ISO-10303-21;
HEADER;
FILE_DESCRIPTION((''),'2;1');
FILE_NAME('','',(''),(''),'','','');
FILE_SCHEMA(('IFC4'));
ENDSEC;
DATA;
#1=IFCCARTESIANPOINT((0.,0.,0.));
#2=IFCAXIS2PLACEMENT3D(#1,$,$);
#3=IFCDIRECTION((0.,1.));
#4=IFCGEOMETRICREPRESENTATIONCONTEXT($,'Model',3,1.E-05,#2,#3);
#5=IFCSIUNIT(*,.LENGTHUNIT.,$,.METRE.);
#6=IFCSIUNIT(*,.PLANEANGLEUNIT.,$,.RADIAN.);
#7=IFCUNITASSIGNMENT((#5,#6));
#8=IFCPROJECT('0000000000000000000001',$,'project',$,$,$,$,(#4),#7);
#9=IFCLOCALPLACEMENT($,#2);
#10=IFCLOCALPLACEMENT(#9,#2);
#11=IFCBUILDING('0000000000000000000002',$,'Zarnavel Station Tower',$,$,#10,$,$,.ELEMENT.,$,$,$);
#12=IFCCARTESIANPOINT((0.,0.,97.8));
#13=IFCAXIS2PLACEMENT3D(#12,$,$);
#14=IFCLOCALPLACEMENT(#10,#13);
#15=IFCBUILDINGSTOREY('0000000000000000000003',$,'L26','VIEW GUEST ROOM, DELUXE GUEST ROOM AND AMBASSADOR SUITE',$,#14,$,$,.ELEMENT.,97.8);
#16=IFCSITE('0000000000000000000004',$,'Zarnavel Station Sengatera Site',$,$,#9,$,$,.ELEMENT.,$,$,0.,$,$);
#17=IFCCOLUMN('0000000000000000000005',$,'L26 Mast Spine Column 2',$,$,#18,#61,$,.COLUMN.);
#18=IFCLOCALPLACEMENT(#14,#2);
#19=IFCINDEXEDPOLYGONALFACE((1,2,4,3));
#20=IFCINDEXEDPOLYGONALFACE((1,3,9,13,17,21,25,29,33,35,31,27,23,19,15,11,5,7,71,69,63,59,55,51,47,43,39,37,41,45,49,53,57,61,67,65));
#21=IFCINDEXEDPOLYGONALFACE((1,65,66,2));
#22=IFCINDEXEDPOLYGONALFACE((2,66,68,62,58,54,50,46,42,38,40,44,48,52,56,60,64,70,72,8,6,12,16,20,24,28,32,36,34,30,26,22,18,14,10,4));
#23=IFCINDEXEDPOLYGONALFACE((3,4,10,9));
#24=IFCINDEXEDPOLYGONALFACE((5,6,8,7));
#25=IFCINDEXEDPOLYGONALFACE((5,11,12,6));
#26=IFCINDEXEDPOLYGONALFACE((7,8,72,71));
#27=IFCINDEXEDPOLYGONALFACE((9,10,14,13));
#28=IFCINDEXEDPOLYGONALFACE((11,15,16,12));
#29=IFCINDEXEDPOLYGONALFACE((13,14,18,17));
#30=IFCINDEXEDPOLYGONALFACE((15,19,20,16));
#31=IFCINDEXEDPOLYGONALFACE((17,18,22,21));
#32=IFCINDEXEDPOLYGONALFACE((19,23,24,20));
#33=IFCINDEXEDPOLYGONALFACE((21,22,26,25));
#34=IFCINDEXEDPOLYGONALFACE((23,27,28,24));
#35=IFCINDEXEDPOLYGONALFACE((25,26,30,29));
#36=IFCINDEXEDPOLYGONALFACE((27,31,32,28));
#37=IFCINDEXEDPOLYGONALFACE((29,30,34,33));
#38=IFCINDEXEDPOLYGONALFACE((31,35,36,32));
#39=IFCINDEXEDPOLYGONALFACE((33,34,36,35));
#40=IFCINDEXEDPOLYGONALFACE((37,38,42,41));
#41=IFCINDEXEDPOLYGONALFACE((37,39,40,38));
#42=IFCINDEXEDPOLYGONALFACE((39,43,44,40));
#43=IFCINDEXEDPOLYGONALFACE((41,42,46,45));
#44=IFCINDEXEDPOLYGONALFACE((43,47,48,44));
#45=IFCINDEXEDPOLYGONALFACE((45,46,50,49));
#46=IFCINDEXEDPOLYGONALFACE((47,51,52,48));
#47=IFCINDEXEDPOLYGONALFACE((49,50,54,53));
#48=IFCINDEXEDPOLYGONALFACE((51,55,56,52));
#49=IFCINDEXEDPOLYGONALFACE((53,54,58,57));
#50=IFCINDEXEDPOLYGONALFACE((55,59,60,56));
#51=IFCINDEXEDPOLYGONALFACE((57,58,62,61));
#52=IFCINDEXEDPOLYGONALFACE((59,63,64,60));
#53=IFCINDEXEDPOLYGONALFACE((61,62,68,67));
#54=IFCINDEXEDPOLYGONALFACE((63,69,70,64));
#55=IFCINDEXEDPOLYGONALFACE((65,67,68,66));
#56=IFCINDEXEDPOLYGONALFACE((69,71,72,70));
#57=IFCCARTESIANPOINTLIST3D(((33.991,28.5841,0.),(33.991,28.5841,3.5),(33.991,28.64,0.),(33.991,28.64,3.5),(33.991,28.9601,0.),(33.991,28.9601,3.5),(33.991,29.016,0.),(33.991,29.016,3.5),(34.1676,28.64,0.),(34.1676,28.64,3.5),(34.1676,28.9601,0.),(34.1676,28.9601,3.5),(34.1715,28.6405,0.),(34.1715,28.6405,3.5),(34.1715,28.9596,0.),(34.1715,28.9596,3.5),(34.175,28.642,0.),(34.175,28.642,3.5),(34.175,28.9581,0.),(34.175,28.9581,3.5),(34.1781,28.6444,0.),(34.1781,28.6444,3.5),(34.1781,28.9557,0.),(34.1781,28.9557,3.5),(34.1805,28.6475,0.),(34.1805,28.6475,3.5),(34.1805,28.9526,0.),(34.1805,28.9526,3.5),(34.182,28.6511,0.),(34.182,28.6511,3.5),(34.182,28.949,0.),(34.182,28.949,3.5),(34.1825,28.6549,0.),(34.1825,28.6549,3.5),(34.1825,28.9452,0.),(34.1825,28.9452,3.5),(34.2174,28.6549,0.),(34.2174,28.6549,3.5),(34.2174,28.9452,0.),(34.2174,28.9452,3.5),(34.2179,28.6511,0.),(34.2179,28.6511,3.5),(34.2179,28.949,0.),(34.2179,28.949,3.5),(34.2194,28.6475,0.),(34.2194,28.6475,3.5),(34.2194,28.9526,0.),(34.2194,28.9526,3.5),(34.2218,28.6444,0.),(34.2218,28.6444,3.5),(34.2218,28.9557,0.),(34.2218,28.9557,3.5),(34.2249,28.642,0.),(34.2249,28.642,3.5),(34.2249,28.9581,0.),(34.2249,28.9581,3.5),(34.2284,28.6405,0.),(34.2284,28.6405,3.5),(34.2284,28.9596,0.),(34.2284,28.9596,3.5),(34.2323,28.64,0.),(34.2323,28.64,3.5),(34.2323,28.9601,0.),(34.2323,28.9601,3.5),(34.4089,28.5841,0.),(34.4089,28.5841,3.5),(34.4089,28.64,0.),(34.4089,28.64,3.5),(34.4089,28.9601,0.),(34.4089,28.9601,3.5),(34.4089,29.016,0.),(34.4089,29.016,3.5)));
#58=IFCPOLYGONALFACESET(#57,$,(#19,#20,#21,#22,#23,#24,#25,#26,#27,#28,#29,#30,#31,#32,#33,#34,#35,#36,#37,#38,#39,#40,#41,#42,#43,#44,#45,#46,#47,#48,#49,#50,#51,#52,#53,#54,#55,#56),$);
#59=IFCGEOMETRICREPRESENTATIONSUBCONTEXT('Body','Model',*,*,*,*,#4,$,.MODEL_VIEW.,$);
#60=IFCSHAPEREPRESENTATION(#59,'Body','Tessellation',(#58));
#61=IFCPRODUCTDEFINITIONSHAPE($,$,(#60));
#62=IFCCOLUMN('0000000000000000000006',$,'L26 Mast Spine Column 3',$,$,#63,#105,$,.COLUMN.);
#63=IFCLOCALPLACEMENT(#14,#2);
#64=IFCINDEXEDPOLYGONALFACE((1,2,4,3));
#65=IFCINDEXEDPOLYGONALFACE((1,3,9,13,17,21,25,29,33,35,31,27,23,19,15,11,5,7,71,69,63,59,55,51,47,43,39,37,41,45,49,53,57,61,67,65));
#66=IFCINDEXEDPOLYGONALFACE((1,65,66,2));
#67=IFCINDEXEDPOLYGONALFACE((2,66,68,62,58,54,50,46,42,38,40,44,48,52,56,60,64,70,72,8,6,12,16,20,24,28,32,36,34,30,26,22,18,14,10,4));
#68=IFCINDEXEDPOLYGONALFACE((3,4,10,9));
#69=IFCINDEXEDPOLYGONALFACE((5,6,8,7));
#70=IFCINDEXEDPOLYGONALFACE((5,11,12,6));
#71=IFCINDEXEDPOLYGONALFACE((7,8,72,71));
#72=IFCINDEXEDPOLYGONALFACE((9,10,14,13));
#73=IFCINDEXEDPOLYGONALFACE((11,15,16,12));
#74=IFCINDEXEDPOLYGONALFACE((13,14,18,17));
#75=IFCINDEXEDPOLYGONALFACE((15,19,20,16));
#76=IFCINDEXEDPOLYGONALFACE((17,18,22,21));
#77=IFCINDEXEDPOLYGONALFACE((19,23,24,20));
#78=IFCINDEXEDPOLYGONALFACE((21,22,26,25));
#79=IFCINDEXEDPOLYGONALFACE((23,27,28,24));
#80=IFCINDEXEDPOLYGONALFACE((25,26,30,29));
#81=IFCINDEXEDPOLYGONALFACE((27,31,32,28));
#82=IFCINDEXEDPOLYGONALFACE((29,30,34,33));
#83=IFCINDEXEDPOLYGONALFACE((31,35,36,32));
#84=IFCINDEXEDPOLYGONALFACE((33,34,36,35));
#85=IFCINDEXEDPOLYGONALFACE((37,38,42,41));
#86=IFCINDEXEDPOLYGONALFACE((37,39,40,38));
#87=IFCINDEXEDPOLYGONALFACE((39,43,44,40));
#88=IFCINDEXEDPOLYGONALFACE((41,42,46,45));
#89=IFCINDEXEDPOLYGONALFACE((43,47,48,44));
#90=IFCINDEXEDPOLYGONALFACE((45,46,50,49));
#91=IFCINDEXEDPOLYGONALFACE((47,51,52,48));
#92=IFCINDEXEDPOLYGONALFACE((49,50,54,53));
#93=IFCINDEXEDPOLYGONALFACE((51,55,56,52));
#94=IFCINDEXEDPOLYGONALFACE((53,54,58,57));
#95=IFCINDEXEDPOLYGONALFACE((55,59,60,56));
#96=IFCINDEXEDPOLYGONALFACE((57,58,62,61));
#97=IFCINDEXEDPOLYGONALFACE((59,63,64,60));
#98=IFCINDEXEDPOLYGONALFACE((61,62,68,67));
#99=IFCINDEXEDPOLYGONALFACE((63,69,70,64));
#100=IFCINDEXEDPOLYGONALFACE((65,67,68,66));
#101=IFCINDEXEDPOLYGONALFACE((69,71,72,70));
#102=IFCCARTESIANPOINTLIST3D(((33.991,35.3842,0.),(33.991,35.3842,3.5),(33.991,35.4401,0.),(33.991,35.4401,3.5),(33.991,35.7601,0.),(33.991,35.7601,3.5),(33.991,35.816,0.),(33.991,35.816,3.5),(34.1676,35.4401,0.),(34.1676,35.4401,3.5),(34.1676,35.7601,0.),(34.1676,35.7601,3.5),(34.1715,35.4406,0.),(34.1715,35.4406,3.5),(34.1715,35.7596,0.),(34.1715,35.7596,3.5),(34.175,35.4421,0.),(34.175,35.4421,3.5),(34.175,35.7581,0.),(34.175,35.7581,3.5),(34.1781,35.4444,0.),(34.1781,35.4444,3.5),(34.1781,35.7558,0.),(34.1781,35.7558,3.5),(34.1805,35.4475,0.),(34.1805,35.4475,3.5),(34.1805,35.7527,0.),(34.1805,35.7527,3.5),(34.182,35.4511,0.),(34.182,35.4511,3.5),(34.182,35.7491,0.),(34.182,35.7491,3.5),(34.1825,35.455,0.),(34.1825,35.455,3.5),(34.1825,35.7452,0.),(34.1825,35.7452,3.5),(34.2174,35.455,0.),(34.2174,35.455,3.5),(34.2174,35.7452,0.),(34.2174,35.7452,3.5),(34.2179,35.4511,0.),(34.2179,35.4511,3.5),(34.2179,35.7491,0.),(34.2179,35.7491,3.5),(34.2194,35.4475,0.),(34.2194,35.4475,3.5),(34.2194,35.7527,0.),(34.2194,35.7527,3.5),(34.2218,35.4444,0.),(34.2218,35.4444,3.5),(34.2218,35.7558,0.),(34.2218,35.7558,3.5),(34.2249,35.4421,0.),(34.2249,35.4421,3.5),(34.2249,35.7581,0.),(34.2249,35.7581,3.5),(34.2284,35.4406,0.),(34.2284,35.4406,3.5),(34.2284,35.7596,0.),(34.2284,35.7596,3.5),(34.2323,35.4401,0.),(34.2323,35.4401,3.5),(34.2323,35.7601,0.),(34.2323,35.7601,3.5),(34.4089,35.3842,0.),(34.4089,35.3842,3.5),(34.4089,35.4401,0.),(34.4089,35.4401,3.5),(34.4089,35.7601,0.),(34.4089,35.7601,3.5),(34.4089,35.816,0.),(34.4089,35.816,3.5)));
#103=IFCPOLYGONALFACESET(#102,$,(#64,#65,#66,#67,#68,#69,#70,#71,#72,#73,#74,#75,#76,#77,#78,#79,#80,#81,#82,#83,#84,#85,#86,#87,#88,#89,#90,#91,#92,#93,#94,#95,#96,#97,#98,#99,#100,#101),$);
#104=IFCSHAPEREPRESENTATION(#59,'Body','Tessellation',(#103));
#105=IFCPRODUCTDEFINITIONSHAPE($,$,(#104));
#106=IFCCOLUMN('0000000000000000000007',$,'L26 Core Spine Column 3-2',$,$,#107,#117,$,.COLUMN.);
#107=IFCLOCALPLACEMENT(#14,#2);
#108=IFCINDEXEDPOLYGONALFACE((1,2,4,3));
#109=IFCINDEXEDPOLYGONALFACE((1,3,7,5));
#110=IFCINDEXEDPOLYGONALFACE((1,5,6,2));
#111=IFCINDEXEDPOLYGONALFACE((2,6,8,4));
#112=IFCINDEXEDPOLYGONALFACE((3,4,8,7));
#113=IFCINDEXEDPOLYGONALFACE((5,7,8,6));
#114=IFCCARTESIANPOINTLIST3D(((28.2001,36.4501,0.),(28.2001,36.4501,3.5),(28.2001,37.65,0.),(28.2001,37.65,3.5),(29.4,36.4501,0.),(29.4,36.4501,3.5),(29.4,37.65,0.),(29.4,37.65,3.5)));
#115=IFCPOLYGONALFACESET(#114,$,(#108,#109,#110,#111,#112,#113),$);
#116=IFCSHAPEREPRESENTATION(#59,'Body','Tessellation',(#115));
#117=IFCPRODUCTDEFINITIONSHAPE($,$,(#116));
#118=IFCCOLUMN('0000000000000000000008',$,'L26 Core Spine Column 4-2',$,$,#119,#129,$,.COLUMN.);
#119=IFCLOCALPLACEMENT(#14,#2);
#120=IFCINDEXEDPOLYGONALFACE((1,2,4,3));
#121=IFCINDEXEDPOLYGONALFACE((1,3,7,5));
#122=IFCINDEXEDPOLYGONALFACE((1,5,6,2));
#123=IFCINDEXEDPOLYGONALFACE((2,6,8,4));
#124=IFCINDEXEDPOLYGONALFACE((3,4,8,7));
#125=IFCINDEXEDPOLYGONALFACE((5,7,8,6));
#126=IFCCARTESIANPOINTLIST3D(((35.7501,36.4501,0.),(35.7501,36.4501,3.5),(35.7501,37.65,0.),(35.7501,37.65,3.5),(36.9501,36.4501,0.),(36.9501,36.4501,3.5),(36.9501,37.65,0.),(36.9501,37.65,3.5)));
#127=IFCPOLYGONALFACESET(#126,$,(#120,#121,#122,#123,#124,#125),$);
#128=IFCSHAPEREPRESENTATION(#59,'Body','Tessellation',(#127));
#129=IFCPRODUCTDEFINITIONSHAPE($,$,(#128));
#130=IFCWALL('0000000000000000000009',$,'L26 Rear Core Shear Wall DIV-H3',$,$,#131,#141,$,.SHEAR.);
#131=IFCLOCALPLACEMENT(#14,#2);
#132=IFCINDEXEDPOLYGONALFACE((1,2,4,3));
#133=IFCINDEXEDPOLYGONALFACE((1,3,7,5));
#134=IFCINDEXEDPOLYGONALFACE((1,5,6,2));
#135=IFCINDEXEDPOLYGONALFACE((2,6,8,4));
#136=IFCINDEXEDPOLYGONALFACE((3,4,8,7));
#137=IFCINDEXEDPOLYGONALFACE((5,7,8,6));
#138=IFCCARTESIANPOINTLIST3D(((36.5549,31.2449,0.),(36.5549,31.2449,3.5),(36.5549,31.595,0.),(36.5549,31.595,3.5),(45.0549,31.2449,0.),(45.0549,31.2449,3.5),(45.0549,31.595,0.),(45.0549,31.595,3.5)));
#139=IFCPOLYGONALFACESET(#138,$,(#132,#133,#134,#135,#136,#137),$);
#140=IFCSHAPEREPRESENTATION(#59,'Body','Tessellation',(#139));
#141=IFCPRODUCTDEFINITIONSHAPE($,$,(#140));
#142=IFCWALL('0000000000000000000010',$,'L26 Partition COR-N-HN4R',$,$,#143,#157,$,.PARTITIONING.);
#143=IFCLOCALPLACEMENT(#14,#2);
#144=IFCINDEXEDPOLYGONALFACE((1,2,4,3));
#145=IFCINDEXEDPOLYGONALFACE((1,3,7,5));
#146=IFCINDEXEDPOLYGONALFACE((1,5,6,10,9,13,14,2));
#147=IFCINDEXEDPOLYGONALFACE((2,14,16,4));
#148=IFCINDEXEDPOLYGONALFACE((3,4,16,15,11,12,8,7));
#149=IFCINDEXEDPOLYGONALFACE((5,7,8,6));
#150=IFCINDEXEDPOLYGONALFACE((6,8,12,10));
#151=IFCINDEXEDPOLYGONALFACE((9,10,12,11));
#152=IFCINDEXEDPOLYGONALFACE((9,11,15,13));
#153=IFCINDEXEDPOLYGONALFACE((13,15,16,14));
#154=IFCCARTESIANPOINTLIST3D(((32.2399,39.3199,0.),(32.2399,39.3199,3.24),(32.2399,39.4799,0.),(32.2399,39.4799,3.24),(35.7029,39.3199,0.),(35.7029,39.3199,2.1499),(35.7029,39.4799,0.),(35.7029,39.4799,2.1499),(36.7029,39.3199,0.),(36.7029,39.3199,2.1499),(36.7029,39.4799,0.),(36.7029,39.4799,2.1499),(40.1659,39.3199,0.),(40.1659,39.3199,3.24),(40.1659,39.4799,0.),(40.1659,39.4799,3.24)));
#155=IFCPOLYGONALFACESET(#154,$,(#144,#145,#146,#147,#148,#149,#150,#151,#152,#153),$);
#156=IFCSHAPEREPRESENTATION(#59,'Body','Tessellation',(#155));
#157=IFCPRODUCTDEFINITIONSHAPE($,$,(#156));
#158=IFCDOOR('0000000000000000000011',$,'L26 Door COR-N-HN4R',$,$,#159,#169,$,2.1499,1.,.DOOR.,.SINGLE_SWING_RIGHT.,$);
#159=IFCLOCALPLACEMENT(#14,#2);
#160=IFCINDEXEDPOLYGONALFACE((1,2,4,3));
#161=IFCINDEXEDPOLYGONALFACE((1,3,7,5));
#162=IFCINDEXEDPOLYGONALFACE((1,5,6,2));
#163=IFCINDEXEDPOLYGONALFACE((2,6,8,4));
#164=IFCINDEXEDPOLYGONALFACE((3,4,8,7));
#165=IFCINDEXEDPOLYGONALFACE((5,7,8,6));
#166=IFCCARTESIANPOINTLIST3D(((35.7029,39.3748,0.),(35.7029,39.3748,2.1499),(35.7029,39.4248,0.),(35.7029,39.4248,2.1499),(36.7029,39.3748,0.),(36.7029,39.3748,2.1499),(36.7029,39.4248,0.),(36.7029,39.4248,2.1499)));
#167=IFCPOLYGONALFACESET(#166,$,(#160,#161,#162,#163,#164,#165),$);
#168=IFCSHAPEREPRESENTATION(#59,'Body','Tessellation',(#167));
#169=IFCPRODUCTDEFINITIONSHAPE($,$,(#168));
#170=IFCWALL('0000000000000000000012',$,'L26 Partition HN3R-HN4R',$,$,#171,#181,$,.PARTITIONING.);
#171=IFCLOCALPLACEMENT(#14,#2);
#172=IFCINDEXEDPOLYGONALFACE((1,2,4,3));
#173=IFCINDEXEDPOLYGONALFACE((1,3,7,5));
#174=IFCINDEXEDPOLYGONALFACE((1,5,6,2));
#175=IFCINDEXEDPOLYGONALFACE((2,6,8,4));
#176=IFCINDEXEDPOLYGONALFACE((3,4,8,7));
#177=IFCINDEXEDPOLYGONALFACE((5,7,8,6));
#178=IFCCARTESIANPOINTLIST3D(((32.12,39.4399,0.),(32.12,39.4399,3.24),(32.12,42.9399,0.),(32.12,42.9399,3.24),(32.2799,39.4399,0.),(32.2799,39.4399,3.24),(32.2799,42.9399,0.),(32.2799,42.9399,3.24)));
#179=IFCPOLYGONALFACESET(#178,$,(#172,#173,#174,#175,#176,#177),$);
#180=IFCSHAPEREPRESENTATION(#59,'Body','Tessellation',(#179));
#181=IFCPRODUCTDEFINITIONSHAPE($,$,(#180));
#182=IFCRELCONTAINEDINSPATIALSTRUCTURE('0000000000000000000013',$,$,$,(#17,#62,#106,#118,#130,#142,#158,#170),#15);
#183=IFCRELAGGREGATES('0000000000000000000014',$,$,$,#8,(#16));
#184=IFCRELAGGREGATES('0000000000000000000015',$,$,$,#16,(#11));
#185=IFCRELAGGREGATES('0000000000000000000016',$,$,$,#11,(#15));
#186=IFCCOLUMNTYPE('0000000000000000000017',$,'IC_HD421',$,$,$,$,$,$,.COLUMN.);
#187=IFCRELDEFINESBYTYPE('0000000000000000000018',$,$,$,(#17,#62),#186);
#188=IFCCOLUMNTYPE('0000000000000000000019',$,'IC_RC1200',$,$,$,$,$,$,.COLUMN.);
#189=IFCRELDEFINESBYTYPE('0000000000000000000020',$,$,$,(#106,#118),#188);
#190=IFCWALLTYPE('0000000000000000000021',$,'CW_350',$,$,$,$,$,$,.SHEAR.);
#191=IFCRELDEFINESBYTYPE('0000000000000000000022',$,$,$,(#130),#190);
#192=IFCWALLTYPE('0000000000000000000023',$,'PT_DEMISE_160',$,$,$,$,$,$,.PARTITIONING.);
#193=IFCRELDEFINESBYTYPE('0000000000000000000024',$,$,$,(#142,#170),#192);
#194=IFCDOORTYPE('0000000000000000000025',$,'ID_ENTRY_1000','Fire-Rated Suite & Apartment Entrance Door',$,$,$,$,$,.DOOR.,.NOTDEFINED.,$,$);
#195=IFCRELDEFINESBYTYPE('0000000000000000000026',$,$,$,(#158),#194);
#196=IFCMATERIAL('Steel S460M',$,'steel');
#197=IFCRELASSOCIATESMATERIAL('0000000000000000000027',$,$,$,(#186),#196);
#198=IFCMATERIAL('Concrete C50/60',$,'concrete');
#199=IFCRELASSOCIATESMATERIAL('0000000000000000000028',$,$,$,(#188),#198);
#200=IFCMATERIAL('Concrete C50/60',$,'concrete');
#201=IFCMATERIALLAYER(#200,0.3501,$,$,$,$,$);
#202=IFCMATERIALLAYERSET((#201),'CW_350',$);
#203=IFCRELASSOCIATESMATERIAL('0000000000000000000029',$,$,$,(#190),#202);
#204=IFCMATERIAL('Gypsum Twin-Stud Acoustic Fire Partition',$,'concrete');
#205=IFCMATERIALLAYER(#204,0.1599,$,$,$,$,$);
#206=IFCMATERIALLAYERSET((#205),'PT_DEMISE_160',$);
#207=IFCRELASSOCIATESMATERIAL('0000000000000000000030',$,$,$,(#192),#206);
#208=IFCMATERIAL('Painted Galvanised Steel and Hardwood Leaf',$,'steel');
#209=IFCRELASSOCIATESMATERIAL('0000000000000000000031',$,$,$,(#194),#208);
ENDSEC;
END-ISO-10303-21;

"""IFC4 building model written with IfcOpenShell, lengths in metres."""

from ifc_helpers import new_model, si_unit, direction, frame, frame_2d, origin, origin_2d, place, context, subcontext, project, spatial, rectangle, i_section, extrude, material, layer, layer_set, material_profile, profile_set, type_object, element, fill, save


model = new_model("IFC4")

# Units and contexts
model_context = context("Model", 3, precision=1e-05, world=origin(), true_north=direction((0.0, 1.0)))
body_context = subcontext(model_context, "Body", "Model", "MODEL_VIEW")
ifc_project = project(units=[si_unit("LENGTHUNIT", "METRE"), si_unit("PLANEANGLEUNIT", "RADIAN")], contexts=[model_context])

# Site, building, storey
site_placement = place(None, origin())
site = spatial("IfcSite", under=ifc_project, at=site_placement, Name="Zarnavel Station Sengatera Site", CompositionType="ELEMENT", RefElevation=0.0)
building_placement = place(site_placement, origin())
building = spatial("IfcBuilding", under=site, at=building_placement, Name="Zarnavel Station Tower", CompositionType="ELEMENT")
storey_placement = place(building_placement, frame((0.0, 0.0, 97.8)))
storey = spatial("IfcBuildingStorey", under=building, at=storey_placement, Name="L26", Description="VIEW GUEST ROOM, DELUXE GUEST ROOM AND AMBASSADOR SUITE", CompositionType="ELEMENT", Elevation=97.8)

# Columns
ifc_material_1 = material(Name="Steel S460M", Category="steel")
ifc_material_profile_1 = material_profile(ifc_material_1, i_section(OverallWidth=0.418, OverallDepth=0.4319, WebThickness=0.0349, FlangeThickness=0.0559, FilletRadius=0.0149, at=origin_2d()), Name="HD400x421")
ifc_profile_set_1 = profile_set([ifc_material_profile_1], Name="Steel S460M")
column_type_1 = type_object("IfcColumnType", Name="IC_HD421", PredefinedType="COLUMN", material=ifc_profile_set_1)
for number, where, z_axis, x_axis, name in (
    (1, (34.2, 28.8, 0.0), (0.0, 0.0, 1.0), (1.0, 0.0, 0.0), "L26 Mast Spine Column 2"),
    (2, (34.2, 35.6001, 0.0), (0.0, 0.0, 1.0), (1.0, 0.0, 0.0), "L26 Mast Spine Column 3"),
):
    element("IfcColumn", number, at=place(storey_placement, frame(where, z_axis=z_axis, x_axis=x_axis)), inside=storey, type_object=column_type_1, Name=name, PredefinedType="COLUMN", context=body_context, shape_type="SweptSolid", body=[
        extrude(i_section(OverallWidth=0.418, OverallDepth=0.4319, WebThickness=0.0349, FlangeThickness=0.0559, FilletRadius=0.0149, at=origin_2d()), origin(), (0.0, 0.0, 1.0), 3.5),
    ])
ifc_material_2 = material(Name="Concrete C50/60", Category="concrete")
ifc_material_profile_2 = material_profile(ifc_material_2, rectangle(XDim=1.2, YDim=1.2, at=origin_2d()), Name="RC1200x1200")
ifc_profile_set_2 = profile_set([ifc_material_profile_2], Name="Concrete C50/60")
column_type_2 = type_object("IfcColumnType", Name="IC_RC1200", PredefinedType="COLUMN", material=ifc_profile_set_2)
for number, where, z_axis, x_axis, name in (
    (3, (28.8, 37.05, 0.0), (0.0, 0.0, 1.0), (1.0, 0.0, 0.0), "L26 Core Spine Column 3-2"),
    (4, (36.3501, 37.05, 0.0), (0.0, 0.0, 1.0), (1.0, 0.0, 0.0), "L26 Core Spine Column 4-2"),
):
    element("IfcColumn", number, at=place(storey_placement, frame(where, z_axis=z_axis, x_axis=x_axis)), inside=storey, type_object=column_type_2, Name=name, PredefinedType="COLUMN", context=body_context, shape_type="SweptSolid", body=[
        extrude(rectangle(XDim=1.2, YDim=1.2, at=origin_2d()), origin(), (0.0, 0.0, 1.0), 3.5),
    ])

# Shared definitions
ifc_material_3 = material(Name="Concrete C50/60", Category="concrete")
ifc_layer_1 = layer(ifc_material_3, 0.3501)
ifc_layer_set_1 = layer_set([ifc_layer_1], Name="CW_350")
wall_type_1 = type_object("IfcWallType", Name="CW_350", PredefinedType="SHEAR", material=ifc_layer_set_1)

# Wall
wall_1_placement = place(storey_placement, frame((36.5549, 31.4199, 0.0), z_axis=(0.0, 0.0, 1.0), x_axis=(1.0, 0.0, 0.0)))
element("IfcWall", 5, at=wall_1_placement, inside=storey, type_object=wall_type_1, Name="L26 Rear Core Shear Wall DIV-H3", PredefinedType="SHEAR", context=body_context, shape_type="SweptSolid", body=[
    extrude(rectangle(XDim=8.5, YDim=0.3501, at=frame_2d((4.25, 0.0))), origin(), (0.0, 0.0, 1.0), 3.5),
])

# Wall, opening, door
ifc_material_4 = material(Name="Gypsum Twin-Stud Acoustic Fire Partition", Category="concrete")
ifc_layer_2 = layer(ifc_material_4, 0.1599)
ifc_layer_set_2 = layer_set([ifc_layer_2], Name="PT_DEMISE_160")
wall_type_2 = type_object("IfcWallType", Name="PT_DEMISE_160", PredefinedType="PARTITIONING", material=ifc_layer_set_2)
wall_2_placement = place(storey_placement, frame((32.24, 39.3999, 0.0), z_axis=(0.0, 0.0, 1.0), x_axis=(1.0, 0.0, 0.0)))
wall_2 = element("IfcWall", 6, at=wall_2_placement, inside=storey, type_object=wall_type_2, Name="L26 Partition COR-N-HN4R", PredefinedType="PARTITIONING", context=body_context, shape_type="SweptSolid", body=[
    extrude(rectangle(XDim=7.926, YDim=0.1599, at=frame_2d((3.9629, 0.0))), origin(), (0.0, 0.0, 1.0), 3.24),
])
opening_1_placement = place(wall_2_placement, frame((3.4629, 0.0, 0.0)))
opening_1 = element("IfcOpeningElement", 7, at=opening_1_placement, cuts=wall_2, PredefinedType="OPENING", context=body_context, shape_type="SweptSolid", body=[
    extrude(rectangle(XDim=1.0, YDim=2.1499, at=frame_2d((0.5, 1.075))), frame((0.0, 0.0898, 0.0), z_axis=(0.0, -1.0, 0.0), x_axis=(1.0, 0.0, 0.0)), (0.0, 0.0, 1.0), 0.1799),
])
ifc_material_5 = material(Name="Painted Galvanised Steel and Hardwood Leaf", Category="steel")
door_type_1 = type_object("IfcDoorType", Name="ID_ENTRY_1000", Description="Fire-Rated Suite & Apartment Entrance Door", OperationType="NOTDEFINED", PredefinedType="DOOR", material=ifc_material_5)
door_1_placement = place(opening_1_placement, origin())
door_1 = element("IfcDoor", 8, at=door_1_placement, inside=storey, type_object=door_type_1, Name="L26 Door COR-N-HN4R", OperationType="SINGLE_SWING_RIGHT", OverallHeight=2.1499, OverallWidth=1.0, PredefinedType="DOOR", context=body_context, shape_type="SweptSolid", body=[
    extrude(rectangle(XDim=1.0, YDim=2.1499, at=frame_2d((0.5, 1.075))), frame((0.0, 0.0249, 0.0), z_axis=(0.0, -1.0, 0.0), x_axis=(1.0, 0.0, 0.0)), (0.0, 0.0, 1.0), 0.05),
])
fill(opening_1, door_1)

# Wall
wall_3_placement = place(storey_placement, frame((32.2, 39.4399, 0.0), z_axis=(0.0, 0.0, 1.0), x_axis=(0.0, 1.0, 0.0)))
element("IfcWall", 9, at=wall_3_placement, inside=storey, type_object=wall_type_2, Name="L26 Partition HN3R-HN4R", PredefinedType="PARTITIONING", context=body_context, shape_type="SweptSolid", body=[
    extrude(rectangle(XDim=3.5, YDim=0.1599, at=frame_2d((1.75, 0.0))), origin(), (0.0, 0.0, 1.0), 3.24),
])

save(model, "model.ifc")
